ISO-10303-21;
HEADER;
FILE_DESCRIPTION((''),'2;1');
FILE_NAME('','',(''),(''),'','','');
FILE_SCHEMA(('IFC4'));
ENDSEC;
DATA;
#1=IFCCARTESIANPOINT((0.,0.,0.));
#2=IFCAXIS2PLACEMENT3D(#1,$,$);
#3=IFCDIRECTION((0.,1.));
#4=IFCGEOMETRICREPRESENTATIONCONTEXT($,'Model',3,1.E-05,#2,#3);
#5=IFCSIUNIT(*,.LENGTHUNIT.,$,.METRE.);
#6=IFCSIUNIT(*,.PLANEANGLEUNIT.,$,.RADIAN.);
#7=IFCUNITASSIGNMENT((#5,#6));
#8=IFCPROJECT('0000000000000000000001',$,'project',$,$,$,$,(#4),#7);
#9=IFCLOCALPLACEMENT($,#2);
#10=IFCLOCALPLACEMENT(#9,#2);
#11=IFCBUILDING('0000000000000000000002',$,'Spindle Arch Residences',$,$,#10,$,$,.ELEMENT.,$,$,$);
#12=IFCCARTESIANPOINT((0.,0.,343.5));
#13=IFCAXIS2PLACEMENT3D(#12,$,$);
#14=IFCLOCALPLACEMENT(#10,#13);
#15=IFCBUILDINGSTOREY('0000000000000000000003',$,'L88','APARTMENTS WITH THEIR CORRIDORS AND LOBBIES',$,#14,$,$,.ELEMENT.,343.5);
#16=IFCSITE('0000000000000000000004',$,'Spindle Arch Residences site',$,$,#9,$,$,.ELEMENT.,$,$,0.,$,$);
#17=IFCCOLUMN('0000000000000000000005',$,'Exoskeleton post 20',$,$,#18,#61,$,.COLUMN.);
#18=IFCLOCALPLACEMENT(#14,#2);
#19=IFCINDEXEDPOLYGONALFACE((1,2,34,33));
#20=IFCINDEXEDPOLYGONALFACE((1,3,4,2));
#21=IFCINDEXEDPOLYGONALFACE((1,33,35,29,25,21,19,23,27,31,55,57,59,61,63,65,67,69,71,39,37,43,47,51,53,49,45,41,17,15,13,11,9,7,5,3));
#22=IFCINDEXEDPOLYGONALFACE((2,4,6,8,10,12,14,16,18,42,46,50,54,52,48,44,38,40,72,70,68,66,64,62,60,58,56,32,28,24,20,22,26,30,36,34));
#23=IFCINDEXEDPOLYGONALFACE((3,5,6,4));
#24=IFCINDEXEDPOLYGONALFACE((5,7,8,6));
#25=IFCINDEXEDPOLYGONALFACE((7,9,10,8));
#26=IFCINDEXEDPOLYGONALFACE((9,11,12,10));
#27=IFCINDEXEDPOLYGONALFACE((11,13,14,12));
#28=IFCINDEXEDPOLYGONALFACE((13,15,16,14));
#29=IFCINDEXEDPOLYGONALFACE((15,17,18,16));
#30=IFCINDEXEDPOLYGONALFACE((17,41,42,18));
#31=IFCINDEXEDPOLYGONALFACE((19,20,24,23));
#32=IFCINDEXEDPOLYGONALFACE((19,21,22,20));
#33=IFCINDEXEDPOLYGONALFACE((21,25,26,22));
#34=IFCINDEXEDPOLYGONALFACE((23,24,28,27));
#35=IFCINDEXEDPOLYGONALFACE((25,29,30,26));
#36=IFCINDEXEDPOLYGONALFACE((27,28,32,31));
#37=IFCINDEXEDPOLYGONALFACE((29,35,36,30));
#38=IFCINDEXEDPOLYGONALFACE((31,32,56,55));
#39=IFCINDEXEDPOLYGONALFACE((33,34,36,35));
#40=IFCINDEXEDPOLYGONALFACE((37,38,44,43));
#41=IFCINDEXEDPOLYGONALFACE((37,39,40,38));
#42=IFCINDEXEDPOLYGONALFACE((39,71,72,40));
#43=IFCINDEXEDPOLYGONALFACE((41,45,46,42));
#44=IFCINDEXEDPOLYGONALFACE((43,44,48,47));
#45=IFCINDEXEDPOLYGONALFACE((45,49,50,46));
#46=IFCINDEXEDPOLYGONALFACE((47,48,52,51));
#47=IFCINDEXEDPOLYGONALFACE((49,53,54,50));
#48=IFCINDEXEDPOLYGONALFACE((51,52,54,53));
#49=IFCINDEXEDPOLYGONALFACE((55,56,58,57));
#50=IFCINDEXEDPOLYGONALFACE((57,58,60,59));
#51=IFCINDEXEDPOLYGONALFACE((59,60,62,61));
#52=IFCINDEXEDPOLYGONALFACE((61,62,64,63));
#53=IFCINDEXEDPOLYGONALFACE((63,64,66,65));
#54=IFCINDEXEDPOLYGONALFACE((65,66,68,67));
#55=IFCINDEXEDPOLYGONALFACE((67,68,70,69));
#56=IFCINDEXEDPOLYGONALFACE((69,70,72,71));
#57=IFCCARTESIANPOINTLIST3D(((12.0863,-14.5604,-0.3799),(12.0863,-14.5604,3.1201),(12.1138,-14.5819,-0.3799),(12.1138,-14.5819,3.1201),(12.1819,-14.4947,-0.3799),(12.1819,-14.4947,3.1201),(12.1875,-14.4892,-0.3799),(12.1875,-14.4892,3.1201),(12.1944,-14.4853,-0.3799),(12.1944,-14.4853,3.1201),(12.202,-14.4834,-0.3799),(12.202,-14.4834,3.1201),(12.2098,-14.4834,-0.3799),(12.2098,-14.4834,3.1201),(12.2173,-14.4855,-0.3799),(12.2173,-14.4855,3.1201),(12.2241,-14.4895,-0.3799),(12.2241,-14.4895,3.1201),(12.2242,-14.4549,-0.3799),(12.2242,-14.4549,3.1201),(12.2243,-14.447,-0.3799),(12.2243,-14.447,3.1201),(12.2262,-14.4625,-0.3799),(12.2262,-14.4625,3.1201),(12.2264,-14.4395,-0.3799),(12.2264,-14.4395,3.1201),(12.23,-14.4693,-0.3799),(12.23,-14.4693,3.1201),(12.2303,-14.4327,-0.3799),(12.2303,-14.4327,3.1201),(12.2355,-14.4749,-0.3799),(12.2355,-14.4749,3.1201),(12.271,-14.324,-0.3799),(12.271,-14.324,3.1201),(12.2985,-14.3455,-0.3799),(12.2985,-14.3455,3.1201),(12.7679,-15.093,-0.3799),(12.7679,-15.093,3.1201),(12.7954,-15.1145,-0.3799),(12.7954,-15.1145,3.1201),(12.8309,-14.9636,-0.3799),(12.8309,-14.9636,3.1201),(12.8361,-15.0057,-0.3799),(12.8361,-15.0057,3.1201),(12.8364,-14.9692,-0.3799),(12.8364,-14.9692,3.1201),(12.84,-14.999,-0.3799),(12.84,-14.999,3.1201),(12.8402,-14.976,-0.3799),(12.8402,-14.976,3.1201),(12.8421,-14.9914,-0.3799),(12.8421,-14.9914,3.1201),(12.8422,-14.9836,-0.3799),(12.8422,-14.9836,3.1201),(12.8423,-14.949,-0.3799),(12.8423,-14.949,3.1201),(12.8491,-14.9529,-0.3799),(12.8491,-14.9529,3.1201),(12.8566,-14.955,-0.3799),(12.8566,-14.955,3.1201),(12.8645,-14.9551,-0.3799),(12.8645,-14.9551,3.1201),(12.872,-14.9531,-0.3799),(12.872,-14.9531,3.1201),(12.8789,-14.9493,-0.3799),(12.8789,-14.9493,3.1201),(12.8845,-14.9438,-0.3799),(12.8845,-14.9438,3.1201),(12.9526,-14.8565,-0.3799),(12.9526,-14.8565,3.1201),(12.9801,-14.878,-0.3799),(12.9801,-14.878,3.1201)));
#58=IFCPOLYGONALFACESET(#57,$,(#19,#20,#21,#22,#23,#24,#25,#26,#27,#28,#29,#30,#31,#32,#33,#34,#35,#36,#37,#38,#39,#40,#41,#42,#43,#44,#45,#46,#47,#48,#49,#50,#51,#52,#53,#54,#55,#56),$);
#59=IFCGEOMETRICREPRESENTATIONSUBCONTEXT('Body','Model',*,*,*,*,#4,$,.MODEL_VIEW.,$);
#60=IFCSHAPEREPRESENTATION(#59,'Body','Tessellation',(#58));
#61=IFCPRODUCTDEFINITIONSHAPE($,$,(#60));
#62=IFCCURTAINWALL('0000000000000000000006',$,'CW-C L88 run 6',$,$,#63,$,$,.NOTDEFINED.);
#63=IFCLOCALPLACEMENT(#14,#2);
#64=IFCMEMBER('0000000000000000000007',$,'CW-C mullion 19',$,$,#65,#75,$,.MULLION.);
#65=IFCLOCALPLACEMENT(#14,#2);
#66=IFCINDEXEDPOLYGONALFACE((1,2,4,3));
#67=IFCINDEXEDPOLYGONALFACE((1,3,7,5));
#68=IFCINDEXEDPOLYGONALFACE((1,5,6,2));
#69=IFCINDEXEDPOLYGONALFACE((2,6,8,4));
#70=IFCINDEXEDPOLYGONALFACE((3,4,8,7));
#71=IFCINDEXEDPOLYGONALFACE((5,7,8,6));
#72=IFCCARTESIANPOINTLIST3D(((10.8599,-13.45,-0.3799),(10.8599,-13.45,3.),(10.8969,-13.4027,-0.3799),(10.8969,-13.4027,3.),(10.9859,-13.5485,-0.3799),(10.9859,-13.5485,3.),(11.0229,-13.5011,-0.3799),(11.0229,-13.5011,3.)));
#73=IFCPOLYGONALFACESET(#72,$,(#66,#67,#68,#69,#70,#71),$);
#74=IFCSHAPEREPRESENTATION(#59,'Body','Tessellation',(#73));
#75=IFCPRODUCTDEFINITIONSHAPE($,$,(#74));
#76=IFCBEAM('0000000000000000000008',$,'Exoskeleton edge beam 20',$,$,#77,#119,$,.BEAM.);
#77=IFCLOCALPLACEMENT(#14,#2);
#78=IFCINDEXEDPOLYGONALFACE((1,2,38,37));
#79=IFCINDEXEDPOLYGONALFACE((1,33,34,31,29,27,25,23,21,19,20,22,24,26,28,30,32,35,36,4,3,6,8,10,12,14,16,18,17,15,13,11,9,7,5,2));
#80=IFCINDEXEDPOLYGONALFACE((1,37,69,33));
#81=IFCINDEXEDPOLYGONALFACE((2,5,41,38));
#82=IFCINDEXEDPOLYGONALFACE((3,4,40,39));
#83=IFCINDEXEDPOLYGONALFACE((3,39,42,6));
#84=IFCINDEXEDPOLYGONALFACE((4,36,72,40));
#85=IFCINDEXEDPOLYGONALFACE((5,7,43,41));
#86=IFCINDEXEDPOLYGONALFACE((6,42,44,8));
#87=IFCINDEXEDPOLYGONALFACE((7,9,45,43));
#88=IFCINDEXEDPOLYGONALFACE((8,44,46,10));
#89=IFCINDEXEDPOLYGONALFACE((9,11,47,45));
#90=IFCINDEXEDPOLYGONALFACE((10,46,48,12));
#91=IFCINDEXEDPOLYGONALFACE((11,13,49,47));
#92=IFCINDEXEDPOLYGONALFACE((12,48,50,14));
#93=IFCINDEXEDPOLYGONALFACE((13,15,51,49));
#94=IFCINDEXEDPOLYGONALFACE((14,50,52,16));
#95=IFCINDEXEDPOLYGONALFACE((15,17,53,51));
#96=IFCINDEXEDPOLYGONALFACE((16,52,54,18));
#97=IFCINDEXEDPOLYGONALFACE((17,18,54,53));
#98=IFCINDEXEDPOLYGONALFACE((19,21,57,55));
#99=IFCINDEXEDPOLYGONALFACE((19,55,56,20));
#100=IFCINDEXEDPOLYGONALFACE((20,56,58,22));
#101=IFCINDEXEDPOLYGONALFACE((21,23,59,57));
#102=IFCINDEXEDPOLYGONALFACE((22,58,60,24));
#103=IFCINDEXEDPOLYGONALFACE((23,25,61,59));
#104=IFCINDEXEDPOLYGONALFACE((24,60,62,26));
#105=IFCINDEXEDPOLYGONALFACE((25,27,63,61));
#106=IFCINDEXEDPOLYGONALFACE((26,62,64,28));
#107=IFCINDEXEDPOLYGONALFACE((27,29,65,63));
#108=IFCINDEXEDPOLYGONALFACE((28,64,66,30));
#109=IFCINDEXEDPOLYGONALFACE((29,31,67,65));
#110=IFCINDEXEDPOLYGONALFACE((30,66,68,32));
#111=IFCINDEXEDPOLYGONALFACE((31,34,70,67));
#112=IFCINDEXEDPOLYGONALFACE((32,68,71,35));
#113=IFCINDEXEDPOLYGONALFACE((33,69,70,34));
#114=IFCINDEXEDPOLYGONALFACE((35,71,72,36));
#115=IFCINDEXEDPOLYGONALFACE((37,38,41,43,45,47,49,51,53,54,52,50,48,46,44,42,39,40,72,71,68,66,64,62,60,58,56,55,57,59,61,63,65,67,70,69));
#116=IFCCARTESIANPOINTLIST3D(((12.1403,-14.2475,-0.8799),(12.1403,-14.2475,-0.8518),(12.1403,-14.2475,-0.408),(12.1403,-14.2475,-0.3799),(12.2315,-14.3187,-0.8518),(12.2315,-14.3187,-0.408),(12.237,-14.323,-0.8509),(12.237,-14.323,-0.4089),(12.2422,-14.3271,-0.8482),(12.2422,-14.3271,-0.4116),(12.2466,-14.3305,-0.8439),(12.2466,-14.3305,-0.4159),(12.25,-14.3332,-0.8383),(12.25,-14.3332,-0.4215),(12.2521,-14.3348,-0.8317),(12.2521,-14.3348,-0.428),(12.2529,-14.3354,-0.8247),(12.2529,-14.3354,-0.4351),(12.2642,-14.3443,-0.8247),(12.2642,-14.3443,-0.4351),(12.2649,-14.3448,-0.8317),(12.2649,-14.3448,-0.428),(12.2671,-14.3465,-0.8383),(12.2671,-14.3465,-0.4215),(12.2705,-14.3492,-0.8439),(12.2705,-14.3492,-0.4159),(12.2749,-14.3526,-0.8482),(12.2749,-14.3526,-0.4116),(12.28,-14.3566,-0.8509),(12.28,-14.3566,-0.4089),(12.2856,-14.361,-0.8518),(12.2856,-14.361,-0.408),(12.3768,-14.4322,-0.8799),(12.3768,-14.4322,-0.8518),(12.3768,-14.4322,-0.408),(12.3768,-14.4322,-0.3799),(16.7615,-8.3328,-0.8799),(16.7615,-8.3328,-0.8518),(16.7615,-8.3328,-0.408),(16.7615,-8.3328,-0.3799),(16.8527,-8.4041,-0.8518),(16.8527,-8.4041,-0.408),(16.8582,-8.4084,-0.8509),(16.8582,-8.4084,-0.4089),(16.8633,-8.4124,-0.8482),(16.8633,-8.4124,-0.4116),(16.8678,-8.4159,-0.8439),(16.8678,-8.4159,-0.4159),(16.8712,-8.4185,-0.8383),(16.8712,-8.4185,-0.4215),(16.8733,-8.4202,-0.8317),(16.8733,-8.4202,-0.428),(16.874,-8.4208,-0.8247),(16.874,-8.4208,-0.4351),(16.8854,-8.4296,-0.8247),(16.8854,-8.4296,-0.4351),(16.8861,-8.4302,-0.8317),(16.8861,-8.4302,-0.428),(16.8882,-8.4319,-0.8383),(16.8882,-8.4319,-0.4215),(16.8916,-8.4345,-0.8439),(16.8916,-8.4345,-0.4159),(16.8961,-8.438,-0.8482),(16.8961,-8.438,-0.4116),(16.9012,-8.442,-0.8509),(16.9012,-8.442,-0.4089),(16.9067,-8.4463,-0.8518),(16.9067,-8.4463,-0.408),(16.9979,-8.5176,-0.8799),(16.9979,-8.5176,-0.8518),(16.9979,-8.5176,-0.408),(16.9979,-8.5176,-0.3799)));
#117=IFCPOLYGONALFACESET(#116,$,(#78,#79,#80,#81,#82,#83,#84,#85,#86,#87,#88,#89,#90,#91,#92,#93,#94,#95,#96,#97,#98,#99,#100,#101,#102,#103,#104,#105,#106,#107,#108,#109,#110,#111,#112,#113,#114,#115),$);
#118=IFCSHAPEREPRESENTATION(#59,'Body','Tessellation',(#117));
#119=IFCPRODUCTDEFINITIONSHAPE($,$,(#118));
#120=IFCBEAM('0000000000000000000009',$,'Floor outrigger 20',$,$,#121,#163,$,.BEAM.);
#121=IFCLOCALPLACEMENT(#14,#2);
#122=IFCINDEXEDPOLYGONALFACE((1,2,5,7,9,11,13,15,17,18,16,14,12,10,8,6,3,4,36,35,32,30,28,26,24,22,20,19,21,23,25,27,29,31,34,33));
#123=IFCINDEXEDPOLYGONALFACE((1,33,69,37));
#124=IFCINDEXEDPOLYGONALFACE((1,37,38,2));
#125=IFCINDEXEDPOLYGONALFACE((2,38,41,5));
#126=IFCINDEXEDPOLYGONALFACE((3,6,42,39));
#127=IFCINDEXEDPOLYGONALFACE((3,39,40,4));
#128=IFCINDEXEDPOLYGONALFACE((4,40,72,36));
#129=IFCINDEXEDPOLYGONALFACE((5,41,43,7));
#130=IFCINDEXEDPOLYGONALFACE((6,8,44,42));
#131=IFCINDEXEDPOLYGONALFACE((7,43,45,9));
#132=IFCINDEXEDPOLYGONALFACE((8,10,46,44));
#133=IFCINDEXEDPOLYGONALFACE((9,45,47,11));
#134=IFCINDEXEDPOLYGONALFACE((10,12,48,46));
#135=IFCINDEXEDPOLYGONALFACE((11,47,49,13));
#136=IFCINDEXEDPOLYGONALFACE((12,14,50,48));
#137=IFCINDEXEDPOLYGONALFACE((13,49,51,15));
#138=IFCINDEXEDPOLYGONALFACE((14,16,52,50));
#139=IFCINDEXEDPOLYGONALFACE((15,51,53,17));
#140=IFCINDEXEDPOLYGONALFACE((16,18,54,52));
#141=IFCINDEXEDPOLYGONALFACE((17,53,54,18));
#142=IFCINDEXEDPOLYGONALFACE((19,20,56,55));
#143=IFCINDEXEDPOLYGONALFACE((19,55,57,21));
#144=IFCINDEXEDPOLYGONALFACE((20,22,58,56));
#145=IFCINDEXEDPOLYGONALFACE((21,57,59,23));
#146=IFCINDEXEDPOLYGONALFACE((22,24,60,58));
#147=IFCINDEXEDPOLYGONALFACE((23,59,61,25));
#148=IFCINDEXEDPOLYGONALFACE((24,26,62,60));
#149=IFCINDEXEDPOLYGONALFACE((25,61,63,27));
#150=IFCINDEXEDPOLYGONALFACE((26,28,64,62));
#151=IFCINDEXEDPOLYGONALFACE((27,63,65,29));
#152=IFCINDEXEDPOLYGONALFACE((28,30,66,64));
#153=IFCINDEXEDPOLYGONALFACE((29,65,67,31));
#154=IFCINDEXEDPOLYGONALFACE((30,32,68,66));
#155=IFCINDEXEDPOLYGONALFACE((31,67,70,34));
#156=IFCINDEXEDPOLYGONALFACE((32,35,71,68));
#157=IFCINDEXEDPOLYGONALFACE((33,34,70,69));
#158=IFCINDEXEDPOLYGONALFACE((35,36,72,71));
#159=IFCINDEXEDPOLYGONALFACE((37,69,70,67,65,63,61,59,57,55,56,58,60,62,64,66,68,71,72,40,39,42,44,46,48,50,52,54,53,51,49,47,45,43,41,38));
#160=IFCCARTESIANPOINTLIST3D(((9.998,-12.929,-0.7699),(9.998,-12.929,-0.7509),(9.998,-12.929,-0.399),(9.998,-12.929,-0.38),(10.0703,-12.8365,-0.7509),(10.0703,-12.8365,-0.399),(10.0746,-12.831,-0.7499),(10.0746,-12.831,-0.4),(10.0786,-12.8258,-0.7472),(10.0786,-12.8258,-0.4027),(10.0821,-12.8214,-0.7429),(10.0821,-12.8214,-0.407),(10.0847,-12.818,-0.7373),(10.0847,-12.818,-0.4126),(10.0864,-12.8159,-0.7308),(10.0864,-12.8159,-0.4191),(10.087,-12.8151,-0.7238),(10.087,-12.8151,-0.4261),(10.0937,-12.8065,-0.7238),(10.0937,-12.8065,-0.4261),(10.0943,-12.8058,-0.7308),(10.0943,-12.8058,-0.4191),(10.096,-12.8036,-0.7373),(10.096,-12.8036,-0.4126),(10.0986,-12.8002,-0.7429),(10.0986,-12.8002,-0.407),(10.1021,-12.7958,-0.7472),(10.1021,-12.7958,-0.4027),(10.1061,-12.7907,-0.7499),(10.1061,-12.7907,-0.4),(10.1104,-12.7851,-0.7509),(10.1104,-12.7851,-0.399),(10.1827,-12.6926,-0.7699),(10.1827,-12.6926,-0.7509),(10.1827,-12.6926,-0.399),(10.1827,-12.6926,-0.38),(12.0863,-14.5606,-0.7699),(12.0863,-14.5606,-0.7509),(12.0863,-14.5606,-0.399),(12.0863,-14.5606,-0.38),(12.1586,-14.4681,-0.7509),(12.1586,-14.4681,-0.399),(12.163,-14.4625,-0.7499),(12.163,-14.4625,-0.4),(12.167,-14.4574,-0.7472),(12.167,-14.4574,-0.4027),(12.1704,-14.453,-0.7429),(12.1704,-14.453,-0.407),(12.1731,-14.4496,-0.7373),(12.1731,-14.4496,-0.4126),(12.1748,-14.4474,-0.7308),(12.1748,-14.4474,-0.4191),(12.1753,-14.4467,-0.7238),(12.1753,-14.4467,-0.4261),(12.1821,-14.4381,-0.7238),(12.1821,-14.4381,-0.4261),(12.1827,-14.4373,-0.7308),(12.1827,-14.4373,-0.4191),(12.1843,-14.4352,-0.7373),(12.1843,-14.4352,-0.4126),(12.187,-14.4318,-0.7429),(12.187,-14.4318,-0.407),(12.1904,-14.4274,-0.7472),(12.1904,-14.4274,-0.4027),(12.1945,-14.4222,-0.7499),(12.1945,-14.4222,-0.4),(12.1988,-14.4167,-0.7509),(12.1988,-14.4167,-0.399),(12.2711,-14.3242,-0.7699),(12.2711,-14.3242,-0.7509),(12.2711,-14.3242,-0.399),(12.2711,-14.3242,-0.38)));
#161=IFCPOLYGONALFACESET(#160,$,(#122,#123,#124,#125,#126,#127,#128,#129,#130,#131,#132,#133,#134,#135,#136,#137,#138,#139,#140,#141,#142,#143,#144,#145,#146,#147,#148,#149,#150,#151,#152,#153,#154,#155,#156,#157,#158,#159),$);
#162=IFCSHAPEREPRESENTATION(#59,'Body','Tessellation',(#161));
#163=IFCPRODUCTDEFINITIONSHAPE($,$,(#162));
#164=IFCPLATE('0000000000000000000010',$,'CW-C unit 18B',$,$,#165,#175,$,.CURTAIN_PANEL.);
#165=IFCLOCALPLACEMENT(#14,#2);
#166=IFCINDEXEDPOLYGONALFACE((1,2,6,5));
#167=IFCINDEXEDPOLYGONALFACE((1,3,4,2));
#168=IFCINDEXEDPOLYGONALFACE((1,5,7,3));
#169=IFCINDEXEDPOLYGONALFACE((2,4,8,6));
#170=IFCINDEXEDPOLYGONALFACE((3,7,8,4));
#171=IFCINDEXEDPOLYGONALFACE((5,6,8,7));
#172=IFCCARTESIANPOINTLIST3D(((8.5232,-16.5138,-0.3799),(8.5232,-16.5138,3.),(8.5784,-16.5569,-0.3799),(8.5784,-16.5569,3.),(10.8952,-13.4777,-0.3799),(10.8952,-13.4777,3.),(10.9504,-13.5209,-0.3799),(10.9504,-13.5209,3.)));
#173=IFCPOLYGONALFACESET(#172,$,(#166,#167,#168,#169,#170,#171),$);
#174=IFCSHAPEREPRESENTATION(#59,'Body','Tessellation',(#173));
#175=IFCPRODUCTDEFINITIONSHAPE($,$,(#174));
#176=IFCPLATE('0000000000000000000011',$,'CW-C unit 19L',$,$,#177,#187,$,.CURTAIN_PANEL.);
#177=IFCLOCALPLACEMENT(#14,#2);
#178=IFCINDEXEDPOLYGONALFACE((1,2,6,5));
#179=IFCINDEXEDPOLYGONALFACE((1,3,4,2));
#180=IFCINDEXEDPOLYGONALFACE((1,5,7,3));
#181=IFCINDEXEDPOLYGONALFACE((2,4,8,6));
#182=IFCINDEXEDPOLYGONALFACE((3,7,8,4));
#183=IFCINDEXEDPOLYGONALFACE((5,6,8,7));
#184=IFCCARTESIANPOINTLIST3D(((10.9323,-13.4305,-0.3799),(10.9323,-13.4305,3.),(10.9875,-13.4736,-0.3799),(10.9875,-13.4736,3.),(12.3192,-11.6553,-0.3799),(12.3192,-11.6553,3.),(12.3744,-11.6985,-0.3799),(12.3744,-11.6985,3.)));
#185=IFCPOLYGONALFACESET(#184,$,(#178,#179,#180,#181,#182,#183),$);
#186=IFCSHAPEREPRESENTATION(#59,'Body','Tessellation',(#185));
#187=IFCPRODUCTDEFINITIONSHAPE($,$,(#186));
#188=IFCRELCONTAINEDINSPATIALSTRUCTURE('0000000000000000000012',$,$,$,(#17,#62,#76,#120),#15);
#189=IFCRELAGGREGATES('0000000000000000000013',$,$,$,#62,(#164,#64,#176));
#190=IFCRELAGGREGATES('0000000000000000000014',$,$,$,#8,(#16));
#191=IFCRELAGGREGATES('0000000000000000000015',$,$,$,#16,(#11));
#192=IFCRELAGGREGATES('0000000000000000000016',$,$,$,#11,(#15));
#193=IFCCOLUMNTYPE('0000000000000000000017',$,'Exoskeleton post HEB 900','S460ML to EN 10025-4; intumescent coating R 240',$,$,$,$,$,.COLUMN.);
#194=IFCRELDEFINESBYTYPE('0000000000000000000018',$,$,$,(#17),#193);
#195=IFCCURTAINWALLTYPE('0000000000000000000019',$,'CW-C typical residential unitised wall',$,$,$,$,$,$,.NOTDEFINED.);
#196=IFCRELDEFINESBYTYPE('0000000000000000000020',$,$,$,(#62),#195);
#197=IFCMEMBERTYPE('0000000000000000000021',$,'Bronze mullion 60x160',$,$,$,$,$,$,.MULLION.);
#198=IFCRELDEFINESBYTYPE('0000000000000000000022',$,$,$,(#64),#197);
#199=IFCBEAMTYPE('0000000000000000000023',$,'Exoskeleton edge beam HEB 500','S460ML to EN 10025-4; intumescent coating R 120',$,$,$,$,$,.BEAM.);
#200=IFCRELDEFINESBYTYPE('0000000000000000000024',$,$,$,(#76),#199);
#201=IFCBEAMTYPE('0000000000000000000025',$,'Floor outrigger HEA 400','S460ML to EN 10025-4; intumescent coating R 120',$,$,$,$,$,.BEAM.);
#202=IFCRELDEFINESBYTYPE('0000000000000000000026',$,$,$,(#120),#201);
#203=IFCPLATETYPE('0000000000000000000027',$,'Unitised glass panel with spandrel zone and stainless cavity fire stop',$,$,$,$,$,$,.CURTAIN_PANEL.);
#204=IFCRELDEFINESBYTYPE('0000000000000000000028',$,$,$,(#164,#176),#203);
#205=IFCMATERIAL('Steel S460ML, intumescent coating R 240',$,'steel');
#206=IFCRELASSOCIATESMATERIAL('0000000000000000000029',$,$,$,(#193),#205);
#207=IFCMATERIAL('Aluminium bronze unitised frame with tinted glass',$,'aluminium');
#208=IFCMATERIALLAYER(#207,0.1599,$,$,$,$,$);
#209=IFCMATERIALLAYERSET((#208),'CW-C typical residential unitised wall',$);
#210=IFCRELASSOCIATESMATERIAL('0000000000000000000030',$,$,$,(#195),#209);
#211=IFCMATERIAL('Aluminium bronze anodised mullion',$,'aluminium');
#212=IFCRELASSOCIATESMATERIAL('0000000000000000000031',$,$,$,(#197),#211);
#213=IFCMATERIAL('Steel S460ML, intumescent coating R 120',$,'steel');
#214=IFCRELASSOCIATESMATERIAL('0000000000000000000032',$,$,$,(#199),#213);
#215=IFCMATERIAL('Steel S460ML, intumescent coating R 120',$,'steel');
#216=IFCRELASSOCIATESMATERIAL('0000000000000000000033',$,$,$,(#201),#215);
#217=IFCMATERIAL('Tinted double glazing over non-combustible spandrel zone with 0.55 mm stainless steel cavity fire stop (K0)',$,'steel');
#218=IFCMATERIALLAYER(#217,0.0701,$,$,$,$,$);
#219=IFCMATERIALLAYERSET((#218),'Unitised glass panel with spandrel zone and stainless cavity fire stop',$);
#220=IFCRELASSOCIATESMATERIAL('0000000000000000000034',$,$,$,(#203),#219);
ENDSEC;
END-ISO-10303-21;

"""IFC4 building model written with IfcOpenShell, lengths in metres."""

from ifc_helpers import new_model, si_unit, direction, frame, origin, origin_2d, place, context, subcontext, project, spatial, rectangle, i_section, extrude, material, layer, layer_set, material_profile, profile_set, type_object, element, aggregate, save


model = new_model("IFC4")

# Units and contexts
model_context = context("Model", 3, precision=1e-05, world=origin(), true_north=direction((0.0, 1.0)))
body_context = subcontext(model_context, "Body", "Model", "MODEL_VIEW")
ifc_project = project(units=[si_unit("LENGTHUNIT", "METRE"), si_unit("PLANEANGLEUNIT", "RADIAN")], contexts=[model_context])

# Site, building, storey
site_placement = place(None, origin())
site = spatial("IfcSite", under=ifc_project, at=site_placement, Name="Spindle Arch Residences site", CompositionType="ELEMENT", RefElevation=0.0)
building_placement = place(site_placement, origin())
building = spatial("IfcBuilding", under=site, at=building_placement, Name="Spindle Arch Residences", CompositionType="ELEMENT")
storey_placement = place(building_placement, frame((0.0, 0.0, 343.5)))
storey = spatial("IfcBuildingStorey", under=building, at=storey_placement, Name="L88", Description="APARTMENTS WITH THEIR CORRIDORS AND LOBBIES", CompositionType="ELEMENT", Elevation=343.5)

# Column
ifc_material_1 = material(Name="Steel S460ML, intumescent coating R 240", Category="steel")
ifc_material_profile_1 = material_profile(ifc_material_1, i_section(OverallWidth=0.3, OverallDepth=0.8999, WebThickness=0.0186, FlangeThickness=0.0349, FilletRadius=0.03, at=origin_2d()), Name="HEB 900")
ifc_profile_set_1 = profile_set([ifc_material_profile_1], Name="Steel S460ML, intumescent coating R 240")
column_type = type_object("IfcColumnType", Name="Exoskeleton post HEB 900", Description="S460ML to EN 10025-4; intumescent coating R 240", PredefinedType="COLUMN", material=ifc_profile_set_1)
column_placement = place(storey_placement, frame((12.5332, -14.7192, -0.3799), z_axis=(0.0, 0.0, 1.0), x_axis=(-0.615661, -0.788011, 0.0)))
element("IfcColumn", 1, at=column_placement, inside=storey, type_object=column_type, Name="Exoskeleton post 20", PredefinedType="COLUMN", context=body_context, shape_type="SweptSolid", body=[
    extrude(i_section(OverallWidth=0.3, OverallDepth=0.8999, WebThickness=0.0186, FlangeThickness=0.0349, FilletRadius=0.03, at=origin_2d()), origin(), (0.0, 0.0, 1.0), 3.5),
])

# Curtain wall, member
ifc_material_2 = material(Name="Aluminium bronze unitised frame with tinted glass", Category="aluminium")
ifc_layer_1 = layer(ifc_material_2, 0.1599)
ifc_layer_set_1 = layer_set([ifc_layer_1], Name="CW-C typical residential unitised wall")
curtain_wall_type = type_object("IfcCurtainWallType", Name="CW-C typical residential unitised wall", PredefinedType="NOTDEFINED", material=ifc_layer_set_1)
curtain_wall_placement = place(storey_placement, origin())
curtain_wall = element("IfcCurtainWall", 2, at=curtain_wall_placement, inside=storey, type_object=curtain_wall_type, Name="CW-C L88 run 6", PredefinedType="NOTDEFINED")
ifc_material_3 = material(Name="Aluminium bronze anodised mullion", Category="aluminium")
ifc_material_profile_2 = material_profile(ifc_material_3, rectangle(XDim=0.1599, YDim=0.0601, at=origin_2d()), Name="MU 60x160")
ifc_profile_set_2 = profile_set([ifc_material_profile_2], Name="Aluminium bronze anodised mullion")
member_type = type_object("IfcMemberType", Name="Bronze mullion 60x160", PredefinedType="MULLION", material=ifc_profile_set_2)
member_placement = place(storey_placement, frame((10.9414, -13.4756, -0.3799), z_axis=(0.0, 0.0, 1.0), x_axis=(-0.788011, 0.615661, 0.0)))
member = element("IfcMember", 3, at=member_placement, type_object=member_type, Name="CW-C mullion 19", PredefinedType="MULLION", context=body_context, shape_type="SweptSolid", body=[
    extrude(rectangle(XDim=0.1599, YDim=0.0601, at=origin_2d()), origin(), (0.0, 0.0, 1.0), 3.3799),
])

# Beams
ifc_material_4 = material(Name="Steel S460ML, intumescent coating R 120", Category="steel")
ifc_material_profile_3 = material_profile(ifc_material_4, i_section(OverallWidth=0.3, OverallDepth=0.5, WebThickness=0.0144, FlangeThickness=0.0281, FilletRadius=0.0271, at=origin_2d()), Name="HEB 500")
ifc_profile_set_3 = profile_set([ifc_material_profile_3], Name="Steel S460ML, intumescent coating R 120")
beam_type_1 = type_object("IfcBeamType", Name="Exoskeleton edge beam HEB 500", Description="S460ML to EN 10025-4; intumescent coating R 120", PredefinedType="BEAM", material=ifc_profile_set_3)
beam_1_placement = place(storey_placement, frame((12.2585, -14.3398, -0.6299), z_axis=(0.615673, 0.788002, 0.0), x_axis=(-0.788002, 0.615673, 0.0)))
element("IfcBeam", 4, at=beam_1_placement, inside=storey, type_object=beam_type_1, Name="Exoskeleton edge beam 20", PredefinedType="BEAM", context=body_context, shape_type="SweptSolid", body=[
    extrude(i_section(OverallWidth=0.3, OverallDepth=0.5, WebThickness=0.0144, FlangeThickness=0.0281, FilletRadius=0.0271, at=origin_2d()), origin(), (0.0, 0.0, 1.0), 7.5059),
])
ifc_material_5 = material(Name="Steel S460ML, intumescent coating R 120", Category="steel")
ifc_material_profile_4 = material_profile(ifc_material_5, i_section(OverallWidth=0.3, OverallDepth=0.3899, WebThickness=0.011, FlangeThickness=0.019, FilletRadius=0.0271, at=origin_2d()), Name="HEA 400")
ifc_profile_set_4 = profile_set([ifc_material_profile_4], Name="Steel S460ML, intumescent coating R 120")
beam_type_2 = type_object("IfcBeamType", Name="Floor outrigger HEA 400", Description="S460ML to EN 10025-4; intumescent coating R 120", PredefinedType="BEAM", material=ifc_profile_set_4)
beam_2_placement = place(storey_placement, frame((12.1787, -14.4424, -0.575), z_axis=(-0.788016, 0.615655, 0.0), x_axis=(-0.615655, -0.788016, 0.0)))
element("IfcBeam", 5, at=beam_2_placement, inside=storey, type_object=beam_type_2, Name="Floor outrigger 20", PredefinedType="BEAM", context=body_context, shape_type="SweptSolid", body=[
    extrude(i_section(OverallWidth=0.3, OverallDepth=0.3899, WebThickness=0.011, FlangeThickness=0.019, FilletRadius=0.0271, at=origin_2d()), origin(), (0.0, 0.0, 1.0), 2.6501),
])

# Plates
ifc_material_6 = material(Name="Tinted double glazing over non-combustible spandrel zone with 0.55 mm stainless steel cavity fire stop (K0)", Category="steel")
ifc_layer_2 = layer(ifc_material_6, 0.0701)
ifc_layer_set_2 = layer_set([ifc_layer_2], Name="Unitised glass panel with spandrel zone and stainless cavity fire stop")
plate_type = type_object("IfcPlateType", Name="Unitised glass panel with spandrel zone and stainless cavity fire stop", PredefinedType="CURTAIN_PANEL", material=ifc_layer_set_2)
plate_1_placement = place(storey_placement, frame((9.7368, -15.0173, -0.3799), z_axis=(0.0, 0.0, 1.0), x_axis=(0.615661, 0.788011, 0.0)))
plate_1 = element("IfcPlate", 6, at=plate_1_placement, type_object=plate_type, Name="CW-C unit 18B", PredefinedType="CURTAIN_PANEL", context=body_context, shape_type="SweptSolid", body=[
    extrude(rectangle(XDim=3.8528, YDim=0.0701, at=origin_2d()), origin(), (0.0, 0.0, 1.0), 3.3799),
])
plate_2_placement = place(storey_placement, frame((11.6533, -12.5645, -0.3799), z_axis=(0.0, 0.0, 1.0), x_axis=(0.615661, 0.788011, 0.0)))
plate_2 = element("IfcPlate", 7, at=plate_2_placement, type_object=plate_type, Name="CW-C unit 19L", PredefinedType="CURTAIN_PANEL", context=body_context, shape_type="SweptSolid", body=[
    extrude(rectangle(XDim=2.2527, YDim=0.0701, at=origin_2d()), origin(), (0.0, 0.0, 1.0), 3.3799),
])
aggregate(curtain_wall, [plate_1, member, plate_2])

save(model, "model.ifc")
